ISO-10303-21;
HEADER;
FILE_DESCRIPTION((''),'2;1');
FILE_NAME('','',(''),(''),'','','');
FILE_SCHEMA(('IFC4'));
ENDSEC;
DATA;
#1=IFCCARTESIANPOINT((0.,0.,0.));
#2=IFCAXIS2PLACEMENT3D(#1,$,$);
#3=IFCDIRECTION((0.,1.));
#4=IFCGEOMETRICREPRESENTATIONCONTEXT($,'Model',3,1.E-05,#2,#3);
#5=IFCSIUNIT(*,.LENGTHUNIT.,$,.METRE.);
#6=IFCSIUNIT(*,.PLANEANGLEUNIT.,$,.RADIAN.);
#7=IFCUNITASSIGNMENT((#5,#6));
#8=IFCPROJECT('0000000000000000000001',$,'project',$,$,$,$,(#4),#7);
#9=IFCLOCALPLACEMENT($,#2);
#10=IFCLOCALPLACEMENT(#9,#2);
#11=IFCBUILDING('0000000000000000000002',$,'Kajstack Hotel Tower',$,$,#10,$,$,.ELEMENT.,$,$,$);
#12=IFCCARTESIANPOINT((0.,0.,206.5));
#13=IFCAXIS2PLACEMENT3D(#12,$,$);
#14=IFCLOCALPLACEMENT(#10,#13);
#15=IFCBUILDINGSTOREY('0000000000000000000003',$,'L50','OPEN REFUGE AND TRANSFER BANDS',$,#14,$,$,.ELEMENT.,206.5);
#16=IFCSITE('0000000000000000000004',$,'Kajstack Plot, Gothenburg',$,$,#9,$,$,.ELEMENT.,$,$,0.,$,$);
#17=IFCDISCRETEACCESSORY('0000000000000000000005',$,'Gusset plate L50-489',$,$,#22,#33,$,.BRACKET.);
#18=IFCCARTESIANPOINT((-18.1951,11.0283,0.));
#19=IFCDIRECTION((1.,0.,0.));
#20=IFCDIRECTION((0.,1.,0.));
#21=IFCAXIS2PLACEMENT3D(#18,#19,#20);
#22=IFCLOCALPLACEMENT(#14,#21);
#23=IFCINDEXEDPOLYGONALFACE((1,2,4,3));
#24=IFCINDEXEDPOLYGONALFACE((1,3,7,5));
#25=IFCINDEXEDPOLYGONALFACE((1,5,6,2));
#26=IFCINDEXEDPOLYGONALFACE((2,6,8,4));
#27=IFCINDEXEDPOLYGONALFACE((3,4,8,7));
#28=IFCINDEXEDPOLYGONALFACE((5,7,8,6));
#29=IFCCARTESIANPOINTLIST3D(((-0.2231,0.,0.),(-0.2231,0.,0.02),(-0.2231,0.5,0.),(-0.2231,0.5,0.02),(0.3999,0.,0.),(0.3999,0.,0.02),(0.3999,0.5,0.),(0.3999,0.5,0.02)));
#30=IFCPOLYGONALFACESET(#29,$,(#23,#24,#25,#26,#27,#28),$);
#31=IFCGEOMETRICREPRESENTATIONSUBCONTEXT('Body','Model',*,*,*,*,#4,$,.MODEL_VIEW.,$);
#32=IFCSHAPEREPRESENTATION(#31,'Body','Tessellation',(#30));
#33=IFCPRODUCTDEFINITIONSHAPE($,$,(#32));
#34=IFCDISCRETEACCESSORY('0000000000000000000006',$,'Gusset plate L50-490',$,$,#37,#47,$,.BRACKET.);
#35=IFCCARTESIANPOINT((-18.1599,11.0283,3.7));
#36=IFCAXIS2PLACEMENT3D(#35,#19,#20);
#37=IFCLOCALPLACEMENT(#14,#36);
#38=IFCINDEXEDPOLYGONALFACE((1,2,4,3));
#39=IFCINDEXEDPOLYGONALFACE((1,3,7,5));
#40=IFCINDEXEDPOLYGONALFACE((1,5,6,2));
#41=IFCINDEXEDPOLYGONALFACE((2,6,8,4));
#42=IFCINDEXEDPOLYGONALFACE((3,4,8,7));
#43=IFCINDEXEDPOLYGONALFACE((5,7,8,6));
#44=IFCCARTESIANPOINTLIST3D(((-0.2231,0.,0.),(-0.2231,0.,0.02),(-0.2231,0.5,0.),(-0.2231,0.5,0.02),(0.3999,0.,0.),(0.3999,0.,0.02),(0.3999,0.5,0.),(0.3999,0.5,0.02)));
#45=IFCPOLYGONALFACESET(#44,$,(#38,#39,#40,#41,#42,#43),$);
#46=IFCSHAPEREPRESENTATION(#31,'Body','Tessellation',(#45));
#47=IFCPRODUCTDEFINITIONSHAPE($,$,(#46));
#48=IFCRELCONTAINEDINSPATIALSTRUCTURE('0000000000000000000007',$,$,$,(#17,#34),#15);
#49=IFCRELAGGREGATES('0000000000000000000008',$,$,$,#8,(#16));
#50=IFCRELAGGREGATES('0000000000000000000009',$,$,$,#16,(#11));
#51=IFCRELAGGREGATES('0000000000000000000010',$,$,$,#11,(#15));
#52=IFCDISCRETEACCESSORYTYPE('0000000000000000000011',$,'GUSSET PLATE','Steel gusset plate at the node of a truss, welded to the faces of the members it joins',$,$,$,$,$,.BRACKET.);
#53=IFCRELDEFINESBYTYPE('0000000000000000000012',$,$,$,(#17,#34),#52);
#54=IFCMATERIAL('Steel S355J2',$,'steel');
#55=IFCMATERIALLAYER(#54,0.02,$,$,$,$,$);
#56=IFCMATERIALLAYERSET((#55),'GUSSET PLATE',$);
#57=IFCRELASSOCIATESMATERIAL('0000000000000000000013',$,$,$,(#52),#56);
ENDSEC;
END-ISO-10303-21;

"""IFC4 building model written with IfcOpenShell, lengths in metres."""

from ifc_helpers import new_model, si_unit, direction, frame, origin, place, context, subcontext, project, spatial, polyline, outline, extrude, material, layer, layer_set, type_object, element, save


model = new_model("IFC4")

# Units and contexts
model_context = context("Model", 3, precision=1e-05, world=origin(), true_north=direction((0.0, 1.0)))
body_context = subcontext(model_context, "Body", "Model", "MODEL_VIEW")
ifc_project = project(units=[si_unit("LENGTHUNIT", "METRE"), si_unit("PLANEANGLEUNIT", "RADIAN")], contexts=[model_context])

# Site, building, storey
site_placement = place(None, origin())
site = spatial("IfcSite", under=ifc_project, at=site_placement, Name="Kajstack Plot, Gothenburg", CompositionType="ELEMENT", RefElevation=0.0)
building_placement = place(site_placement, origin())
building = spatial("IfcBuilding", under=site, at=building_placement, Name="Kajstack Hotel Tower", CompositionType="ELEMENT")
storey_placement = place(building_placement, frame((0.0, 0.0, 206.5)))
storey = spatial("IfcBuildingStorey", under=building, at=storey_placement, Name="L50", Description="OPEN REFUGE AND TRANSFER BANDS", CompositionType="ELEMENT", Elevation=206.5)

# Shared definitions
ifc_material_1 = material(Name="Steel S355J2", Category="steel")

# Discrete accessories
ifc_layer_1 = layer(ifc_material_1, 0.02)
ifc_layer_set_1 = layer_set([ifc_layer_1], Name="GUSSET PLATE")
discrete_accessory_type = type_object("IfcDiscreteAccessoryType", Name="GUSSET PLATE", Description="Steel gusset plate at the node of a truss, welded to the faces of the members it joins", PredefinedType="BRACKET", material=ifc_layer_set_1)
for number, where, z_axis, x_axis, name in (
    (1, (-18.1951, 11.0283, 0.0), (1.0, 0.0, 0.0), (0.0, 1.0, 0.0), "Gusset plate L50-489"),
    (2, (-18.1599, 11.0283, 3.7), (1.0, 0.0, 0.0), (0.0, 1.0, 0.0), "Gusset plate L50-490"),
):
    element("IfcDiscreteAccessory", number, at=place(storey_placement, frame(where, z_axis=z_axis, x_axis=x_axis)), inside=storey, type_object=discrete_accessory_type, Name=name, PredefinedType="BRACKET", context=body_context, shape_type="SweptSolid", body=[
        extrude(outline(polyline([(0.3999, 0.5), (-0.2231, 0.5), (-0.2231, 0.0), (0.3999, 0.0), (0.3999, 0.5)])), origin(), (0.0, 0.0, 1.0), 0.02),
    ])

save(model, "model.ifc")
